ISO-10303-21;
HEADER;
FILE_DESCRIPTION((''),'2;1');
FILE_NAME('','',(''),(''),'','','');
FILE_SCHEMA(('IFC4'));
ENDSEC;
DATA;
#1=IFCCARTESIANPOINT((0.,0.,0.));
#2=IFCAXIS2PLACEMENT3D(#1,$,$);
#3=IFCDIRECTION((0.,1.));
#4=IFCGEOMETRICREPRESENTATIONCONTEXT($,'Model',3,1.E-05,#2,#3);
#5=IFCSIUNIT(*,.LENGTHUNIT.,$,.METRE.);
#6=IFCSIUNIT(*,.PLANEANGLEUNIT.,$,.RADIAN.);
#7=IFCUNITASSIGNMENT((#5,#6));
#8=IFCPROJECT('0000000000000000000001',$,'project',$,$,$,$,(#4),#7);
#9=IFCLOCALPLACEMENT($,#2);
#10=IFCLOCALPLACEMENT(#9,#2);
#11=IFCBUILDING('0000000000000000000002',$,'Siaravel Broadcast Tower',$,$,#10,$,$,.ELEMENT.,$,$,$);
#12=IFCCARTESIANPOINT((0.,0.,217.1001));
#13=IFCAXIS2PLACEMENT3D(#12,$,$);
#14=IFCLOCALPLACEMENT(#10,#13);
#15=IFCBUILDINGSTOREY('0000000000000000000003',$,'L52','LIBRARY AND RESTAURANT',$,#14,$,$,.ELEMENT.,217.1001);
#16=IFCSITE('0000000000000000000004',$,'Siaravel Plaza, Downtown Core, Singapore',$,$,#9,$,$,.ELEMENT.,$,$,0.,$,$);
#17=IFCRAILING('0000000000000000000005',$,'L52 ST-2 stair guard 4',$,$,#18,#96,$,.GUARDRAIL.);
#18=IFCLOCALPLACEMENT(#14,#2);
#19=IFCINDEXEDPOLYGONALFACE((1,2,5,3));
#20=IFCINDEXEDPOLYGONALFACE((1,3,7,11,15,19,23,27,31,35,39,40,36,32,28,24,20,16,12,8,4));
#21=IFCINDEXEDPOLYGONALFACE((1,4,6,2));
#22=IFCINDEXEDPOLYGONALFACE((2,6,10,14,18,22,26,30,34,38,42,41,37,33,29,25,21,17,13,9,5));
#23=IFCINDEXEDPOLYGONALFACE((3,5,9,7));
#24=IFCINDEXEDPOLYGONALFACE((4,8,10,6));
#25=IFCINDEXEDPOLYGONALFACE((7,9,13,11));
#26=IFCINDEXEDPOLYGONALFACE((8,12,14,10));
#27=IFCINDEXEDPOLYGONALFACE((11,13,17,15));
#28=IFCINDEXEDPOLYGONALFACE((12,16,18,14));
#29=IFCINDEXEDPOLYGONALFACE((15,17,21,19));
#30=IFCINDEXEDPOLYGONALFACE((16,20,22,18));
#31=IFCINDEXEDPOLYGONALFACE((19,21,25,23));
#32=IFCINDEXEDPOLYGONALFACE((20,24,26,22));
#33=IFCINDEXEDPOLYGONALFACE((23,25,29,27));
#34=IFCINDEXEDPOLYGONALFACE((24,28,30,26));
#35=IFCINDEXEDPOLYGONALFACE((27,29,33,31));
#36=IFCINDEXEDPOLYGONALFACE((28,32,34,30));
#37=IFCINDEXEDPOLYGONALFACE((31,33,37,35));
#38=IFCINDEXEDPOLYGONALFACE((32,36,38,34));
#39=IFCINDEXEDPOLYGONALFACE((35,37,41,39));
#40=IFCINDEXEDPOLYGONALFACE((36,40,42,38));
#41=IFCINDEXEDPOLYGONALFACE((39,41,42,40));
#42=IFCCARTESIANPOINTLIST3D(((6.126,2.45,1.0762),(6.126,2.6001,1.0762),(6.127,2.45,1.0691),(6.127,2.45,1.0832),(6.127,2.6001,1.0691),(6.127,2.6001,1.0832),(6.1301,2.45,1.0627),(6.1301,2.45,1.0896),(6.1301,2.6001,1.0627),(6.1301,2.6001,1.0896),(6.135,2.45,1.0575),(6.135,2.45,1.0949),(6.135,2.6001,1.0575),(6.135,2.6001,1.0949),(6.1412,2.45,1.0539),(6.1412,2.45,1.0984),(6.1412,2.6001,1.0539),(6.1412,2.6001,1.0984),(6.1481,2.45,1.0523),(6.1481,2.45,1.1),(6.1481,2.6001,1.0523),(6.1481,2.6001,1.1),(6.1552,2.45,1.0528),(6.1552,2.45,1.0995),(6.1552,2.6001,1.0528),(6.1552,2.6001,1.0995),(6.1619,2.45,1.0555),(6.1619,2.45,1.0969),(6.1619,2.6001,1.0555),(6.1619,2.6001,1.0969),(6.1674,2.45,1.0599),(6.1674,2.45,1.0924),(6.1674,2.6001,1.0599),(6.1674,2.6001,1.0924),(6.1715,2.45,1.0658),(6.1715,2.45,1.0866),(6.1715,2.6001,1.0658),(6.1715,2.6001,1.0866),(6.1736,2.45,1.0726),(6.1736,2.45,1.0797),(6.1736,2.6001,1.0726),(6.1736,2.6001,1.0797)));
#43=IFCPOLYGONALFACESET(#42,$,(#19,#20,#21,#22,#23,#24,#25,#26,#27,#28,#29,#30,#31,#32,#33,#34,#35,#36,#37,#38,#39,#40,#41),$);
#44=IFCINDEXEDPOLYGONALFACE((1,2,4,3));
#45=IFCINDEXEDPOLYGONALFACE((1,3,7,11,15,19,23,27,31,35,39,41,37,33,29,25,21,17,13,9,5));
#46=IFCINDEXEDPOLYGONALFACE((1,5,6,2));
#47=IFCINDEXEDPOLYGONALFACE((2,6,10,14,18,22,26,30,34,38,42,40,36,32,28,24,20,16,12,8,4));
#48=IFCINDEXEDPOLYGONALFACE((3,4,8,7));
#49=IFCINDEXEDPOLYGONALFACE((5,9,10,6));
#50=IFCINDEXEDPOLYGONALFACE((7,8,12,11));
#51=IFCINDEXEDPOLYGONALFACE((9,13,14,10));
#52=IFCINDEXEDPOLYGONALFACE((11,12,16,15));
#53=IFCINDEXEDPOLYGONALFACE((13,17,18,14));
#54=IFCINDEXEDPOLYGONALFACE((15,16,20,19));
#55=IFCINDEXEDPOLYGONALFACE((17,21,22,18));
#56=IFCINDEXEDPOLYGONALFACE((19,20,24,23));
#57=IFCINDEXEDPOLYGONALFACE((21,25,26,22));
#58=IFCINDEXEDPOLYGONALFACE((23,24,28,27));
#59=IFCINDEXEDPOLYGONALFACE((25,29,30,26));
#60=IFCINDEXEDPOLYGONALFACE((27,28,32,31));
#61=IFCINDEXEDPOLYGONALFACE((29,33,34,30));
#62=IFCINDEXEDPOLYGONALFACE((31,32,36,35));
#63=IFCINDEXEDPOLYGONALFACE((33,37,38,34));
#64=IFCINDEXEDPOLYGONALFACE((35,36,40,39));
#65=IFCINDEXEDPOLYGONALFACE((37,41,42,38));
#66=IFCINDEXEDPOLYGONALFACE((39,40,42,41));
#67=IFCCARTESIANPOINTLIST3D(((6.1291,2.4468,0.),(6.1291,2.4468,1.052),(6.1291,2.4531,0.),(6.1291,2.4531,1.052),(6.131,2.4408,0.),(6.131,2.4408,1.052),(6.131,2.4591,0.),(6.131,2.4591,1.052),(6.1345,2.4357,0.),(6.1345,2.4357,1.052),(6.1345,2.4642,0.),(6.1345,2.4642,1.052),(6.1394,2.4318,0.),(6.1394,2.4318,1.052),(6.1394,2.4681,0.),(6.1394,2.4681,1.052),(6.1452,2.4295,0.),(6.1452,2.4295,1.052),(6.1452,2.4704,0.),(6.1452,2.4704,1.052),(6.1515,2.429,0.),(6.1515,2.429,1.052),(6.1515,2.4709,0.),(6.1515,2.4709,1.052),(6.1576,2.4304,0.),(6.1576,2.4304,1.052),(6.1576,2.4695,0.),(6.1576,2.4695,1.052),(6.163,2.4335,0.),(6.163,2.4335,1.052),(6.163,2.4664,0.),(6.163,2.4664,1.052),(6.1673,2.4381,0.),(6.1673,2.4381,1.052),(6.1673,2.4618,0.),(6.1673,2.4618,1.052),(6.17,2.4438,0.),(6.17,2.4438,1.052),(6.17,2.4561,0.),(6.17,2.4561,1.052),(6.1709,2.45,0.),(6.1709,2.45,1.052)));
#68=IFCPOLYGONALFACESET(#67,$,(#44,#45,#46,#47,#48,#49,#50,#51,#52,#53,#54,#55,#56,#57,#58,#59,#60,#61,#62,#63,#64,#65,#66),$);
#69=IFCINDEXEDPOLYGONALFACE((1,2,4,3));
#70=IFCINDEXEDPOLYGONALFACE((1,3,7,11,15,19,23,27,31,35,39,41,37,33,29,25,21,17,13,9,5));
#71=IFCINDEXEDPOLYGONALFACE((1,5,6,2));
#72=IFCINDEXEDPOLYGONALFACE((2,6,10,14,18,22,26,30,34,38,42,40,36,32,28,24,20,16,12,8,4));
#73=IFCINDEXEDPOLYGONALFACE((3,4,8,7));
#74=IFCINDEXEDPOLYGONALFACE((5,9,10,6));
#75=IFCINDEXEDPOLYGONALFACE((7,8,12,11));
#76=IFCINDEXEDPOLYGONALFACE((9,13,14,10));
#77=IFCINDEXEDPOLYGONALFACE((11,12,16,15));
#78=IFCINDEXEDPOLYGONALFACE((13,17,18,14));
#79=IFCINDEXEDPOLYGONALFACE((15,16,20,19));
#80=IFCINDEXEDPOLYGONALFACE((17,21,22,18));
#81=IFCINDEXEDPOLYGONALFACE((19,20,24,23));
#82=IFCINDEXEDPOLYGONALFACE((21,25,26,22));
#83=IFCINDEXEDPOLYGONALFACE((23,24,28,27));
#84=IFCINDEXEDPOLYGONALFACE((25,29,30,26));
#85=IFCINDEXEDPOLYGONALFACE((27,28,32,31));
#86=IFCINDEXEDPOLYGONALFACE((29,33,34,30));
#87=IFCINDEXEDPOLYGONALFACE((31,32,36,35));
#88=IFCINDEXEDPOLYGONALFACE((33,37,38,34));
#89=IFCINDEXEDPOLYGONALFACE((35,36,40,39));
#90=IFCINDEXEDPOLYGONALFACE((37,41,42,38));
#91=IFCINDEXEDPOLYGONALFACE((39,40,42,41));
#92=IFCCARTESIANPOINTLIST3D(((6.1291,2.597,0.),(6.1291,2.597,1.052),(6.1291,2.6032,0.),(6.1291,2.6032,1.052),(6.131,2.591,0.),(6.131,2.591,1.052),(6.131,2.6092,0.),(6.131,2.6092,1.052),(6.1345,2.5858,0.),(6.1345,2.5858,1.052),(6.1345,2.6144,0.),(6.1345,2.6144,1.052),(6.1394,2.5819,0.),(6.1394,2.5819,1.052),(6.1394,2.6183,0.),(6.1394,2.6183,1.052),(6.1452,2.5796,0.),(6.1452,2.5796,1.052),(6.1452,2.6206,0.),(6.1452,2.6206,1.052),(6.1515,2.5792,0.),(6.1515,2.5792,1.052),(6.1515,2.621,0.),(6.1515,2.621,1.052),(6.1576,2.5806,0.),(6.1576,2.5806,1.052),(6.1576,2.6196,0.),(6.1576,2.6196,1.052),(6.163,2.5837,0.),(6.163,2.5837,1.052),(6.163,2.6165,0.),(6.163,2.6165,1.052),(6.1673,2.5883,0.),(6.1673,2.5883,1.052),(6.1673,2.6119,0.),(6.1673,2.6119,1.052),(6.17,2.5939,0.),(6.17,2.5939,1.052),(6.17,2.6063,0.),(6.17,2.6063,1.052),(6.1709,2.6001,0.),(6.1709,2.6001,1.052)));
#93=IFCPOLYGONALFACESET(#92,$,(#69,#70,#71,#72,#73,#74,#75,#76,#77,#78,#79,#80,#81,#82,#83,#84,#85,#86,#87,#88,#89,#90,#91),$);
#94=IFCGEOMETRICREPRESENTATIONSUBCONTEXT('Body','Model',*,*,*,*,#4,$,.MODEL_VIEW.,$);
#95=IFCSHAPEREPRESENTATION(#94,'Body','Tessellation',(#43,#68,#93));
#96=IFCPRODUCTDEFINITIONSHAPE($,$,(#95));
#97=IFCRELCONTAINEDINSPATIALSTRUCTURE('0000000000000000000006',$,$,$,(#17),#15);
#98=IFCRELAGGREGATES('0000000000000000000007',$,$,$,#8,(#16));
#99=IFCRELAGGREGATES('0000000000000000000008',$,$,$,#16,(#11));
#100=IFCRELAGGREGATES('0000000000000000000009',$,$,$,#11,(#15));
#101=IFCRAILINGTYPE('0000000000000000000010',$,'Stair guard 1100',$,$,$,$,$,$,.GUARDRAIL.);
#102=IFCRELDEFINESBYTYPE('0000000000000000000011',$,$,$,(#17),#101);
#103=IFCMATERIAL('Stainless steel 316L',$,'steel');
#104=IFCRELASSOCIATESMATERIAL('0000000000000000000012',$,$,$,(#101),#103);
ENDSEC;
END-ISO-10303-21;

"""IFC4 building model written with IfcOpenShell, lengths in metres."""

from ifc_helpers import new_model, si_unit, direction, frame, origin, origin_2d, place, context, subcontext, project, spatial, circle, extrude, material, type_object, element, save


model = new_model("IFC4")

# Units and contexts
model_context = context("Model", 3, precision=1e-05, world=origin(), true_north=direction((0.0, 1.0)))
body_context = subcontext(model_context, "Body", "Model", "MODEL_VIEW")
ifc_project = project(units=[si_unit("LENGTHUNIT", "METRE"), si_unit("PLANEANGLEUNIT", "RADIAN")], contexts=[model_context])

# Site, building, storey
site_placement = place(None, origin())
site = spatial("IfcSite", under=ifc_project, at=site_placement, Name="Siaravel Plaza, Downtown Core, Singapore", CompositionType="ELEMENT", RefElevation=0.0)
building_placement = place(site_placement, origin())
building = spatial("IfcBuilding", under=site, at=building_placement, Name="Siaravel Broadcast Tower", CompositionType="ELEMENT")
storey_placement = place(building_placement, frame((0.0, 0.0, 217.1001)))
storey = spatial("IfcBuildingStorey", under=building, at=storey_placement, Name="L52", Description="LIBRARY AND RESTAURANT", CompositionType="ELEMENT", Elevation=217.1001)

# Railing
ifc_material_1 = material(Name="Stainless steel 316L", Category="steel")
railing_type_1 = type_object("IfcRailingType", Name="Stair guard 1100", PredefinedType="GUARDRAIL", material=ifc_material_1)
railing_1_placement = place(storey_placement, frame((6.1499, 2.45, 0.0)))
element("IfcRailing", 1, at=railing_1_placement, inside=storey, type_object=railing_type_1, Name="L52 ST-2 stair guard 4", PredefinedType="GUARDRAIL", context=body_context, shape_type="SweptSolid", body=[
    extrude(circle(Radius=0.0239, at=origin_2d()), frame((0.0, 0.0, 1.0762), z_axis=(0.0, 1.0, 0.0), x_axis=(-1.0, 0.0, 0.0)), (0.0, 0.0, 1.0), 0.1501),
    extrude(circle(Radius=0.021, at=origin_2d()), origin(), (0.0, 0.0, 1.0), 1.052),
    extrude(circle(Radius=0.021, at=origin_2d()), frame((0.0, 0.1501, 0.0)), (0.0, 0.0, 1.0), 1.052),
])

save(model, "model.ifc")
